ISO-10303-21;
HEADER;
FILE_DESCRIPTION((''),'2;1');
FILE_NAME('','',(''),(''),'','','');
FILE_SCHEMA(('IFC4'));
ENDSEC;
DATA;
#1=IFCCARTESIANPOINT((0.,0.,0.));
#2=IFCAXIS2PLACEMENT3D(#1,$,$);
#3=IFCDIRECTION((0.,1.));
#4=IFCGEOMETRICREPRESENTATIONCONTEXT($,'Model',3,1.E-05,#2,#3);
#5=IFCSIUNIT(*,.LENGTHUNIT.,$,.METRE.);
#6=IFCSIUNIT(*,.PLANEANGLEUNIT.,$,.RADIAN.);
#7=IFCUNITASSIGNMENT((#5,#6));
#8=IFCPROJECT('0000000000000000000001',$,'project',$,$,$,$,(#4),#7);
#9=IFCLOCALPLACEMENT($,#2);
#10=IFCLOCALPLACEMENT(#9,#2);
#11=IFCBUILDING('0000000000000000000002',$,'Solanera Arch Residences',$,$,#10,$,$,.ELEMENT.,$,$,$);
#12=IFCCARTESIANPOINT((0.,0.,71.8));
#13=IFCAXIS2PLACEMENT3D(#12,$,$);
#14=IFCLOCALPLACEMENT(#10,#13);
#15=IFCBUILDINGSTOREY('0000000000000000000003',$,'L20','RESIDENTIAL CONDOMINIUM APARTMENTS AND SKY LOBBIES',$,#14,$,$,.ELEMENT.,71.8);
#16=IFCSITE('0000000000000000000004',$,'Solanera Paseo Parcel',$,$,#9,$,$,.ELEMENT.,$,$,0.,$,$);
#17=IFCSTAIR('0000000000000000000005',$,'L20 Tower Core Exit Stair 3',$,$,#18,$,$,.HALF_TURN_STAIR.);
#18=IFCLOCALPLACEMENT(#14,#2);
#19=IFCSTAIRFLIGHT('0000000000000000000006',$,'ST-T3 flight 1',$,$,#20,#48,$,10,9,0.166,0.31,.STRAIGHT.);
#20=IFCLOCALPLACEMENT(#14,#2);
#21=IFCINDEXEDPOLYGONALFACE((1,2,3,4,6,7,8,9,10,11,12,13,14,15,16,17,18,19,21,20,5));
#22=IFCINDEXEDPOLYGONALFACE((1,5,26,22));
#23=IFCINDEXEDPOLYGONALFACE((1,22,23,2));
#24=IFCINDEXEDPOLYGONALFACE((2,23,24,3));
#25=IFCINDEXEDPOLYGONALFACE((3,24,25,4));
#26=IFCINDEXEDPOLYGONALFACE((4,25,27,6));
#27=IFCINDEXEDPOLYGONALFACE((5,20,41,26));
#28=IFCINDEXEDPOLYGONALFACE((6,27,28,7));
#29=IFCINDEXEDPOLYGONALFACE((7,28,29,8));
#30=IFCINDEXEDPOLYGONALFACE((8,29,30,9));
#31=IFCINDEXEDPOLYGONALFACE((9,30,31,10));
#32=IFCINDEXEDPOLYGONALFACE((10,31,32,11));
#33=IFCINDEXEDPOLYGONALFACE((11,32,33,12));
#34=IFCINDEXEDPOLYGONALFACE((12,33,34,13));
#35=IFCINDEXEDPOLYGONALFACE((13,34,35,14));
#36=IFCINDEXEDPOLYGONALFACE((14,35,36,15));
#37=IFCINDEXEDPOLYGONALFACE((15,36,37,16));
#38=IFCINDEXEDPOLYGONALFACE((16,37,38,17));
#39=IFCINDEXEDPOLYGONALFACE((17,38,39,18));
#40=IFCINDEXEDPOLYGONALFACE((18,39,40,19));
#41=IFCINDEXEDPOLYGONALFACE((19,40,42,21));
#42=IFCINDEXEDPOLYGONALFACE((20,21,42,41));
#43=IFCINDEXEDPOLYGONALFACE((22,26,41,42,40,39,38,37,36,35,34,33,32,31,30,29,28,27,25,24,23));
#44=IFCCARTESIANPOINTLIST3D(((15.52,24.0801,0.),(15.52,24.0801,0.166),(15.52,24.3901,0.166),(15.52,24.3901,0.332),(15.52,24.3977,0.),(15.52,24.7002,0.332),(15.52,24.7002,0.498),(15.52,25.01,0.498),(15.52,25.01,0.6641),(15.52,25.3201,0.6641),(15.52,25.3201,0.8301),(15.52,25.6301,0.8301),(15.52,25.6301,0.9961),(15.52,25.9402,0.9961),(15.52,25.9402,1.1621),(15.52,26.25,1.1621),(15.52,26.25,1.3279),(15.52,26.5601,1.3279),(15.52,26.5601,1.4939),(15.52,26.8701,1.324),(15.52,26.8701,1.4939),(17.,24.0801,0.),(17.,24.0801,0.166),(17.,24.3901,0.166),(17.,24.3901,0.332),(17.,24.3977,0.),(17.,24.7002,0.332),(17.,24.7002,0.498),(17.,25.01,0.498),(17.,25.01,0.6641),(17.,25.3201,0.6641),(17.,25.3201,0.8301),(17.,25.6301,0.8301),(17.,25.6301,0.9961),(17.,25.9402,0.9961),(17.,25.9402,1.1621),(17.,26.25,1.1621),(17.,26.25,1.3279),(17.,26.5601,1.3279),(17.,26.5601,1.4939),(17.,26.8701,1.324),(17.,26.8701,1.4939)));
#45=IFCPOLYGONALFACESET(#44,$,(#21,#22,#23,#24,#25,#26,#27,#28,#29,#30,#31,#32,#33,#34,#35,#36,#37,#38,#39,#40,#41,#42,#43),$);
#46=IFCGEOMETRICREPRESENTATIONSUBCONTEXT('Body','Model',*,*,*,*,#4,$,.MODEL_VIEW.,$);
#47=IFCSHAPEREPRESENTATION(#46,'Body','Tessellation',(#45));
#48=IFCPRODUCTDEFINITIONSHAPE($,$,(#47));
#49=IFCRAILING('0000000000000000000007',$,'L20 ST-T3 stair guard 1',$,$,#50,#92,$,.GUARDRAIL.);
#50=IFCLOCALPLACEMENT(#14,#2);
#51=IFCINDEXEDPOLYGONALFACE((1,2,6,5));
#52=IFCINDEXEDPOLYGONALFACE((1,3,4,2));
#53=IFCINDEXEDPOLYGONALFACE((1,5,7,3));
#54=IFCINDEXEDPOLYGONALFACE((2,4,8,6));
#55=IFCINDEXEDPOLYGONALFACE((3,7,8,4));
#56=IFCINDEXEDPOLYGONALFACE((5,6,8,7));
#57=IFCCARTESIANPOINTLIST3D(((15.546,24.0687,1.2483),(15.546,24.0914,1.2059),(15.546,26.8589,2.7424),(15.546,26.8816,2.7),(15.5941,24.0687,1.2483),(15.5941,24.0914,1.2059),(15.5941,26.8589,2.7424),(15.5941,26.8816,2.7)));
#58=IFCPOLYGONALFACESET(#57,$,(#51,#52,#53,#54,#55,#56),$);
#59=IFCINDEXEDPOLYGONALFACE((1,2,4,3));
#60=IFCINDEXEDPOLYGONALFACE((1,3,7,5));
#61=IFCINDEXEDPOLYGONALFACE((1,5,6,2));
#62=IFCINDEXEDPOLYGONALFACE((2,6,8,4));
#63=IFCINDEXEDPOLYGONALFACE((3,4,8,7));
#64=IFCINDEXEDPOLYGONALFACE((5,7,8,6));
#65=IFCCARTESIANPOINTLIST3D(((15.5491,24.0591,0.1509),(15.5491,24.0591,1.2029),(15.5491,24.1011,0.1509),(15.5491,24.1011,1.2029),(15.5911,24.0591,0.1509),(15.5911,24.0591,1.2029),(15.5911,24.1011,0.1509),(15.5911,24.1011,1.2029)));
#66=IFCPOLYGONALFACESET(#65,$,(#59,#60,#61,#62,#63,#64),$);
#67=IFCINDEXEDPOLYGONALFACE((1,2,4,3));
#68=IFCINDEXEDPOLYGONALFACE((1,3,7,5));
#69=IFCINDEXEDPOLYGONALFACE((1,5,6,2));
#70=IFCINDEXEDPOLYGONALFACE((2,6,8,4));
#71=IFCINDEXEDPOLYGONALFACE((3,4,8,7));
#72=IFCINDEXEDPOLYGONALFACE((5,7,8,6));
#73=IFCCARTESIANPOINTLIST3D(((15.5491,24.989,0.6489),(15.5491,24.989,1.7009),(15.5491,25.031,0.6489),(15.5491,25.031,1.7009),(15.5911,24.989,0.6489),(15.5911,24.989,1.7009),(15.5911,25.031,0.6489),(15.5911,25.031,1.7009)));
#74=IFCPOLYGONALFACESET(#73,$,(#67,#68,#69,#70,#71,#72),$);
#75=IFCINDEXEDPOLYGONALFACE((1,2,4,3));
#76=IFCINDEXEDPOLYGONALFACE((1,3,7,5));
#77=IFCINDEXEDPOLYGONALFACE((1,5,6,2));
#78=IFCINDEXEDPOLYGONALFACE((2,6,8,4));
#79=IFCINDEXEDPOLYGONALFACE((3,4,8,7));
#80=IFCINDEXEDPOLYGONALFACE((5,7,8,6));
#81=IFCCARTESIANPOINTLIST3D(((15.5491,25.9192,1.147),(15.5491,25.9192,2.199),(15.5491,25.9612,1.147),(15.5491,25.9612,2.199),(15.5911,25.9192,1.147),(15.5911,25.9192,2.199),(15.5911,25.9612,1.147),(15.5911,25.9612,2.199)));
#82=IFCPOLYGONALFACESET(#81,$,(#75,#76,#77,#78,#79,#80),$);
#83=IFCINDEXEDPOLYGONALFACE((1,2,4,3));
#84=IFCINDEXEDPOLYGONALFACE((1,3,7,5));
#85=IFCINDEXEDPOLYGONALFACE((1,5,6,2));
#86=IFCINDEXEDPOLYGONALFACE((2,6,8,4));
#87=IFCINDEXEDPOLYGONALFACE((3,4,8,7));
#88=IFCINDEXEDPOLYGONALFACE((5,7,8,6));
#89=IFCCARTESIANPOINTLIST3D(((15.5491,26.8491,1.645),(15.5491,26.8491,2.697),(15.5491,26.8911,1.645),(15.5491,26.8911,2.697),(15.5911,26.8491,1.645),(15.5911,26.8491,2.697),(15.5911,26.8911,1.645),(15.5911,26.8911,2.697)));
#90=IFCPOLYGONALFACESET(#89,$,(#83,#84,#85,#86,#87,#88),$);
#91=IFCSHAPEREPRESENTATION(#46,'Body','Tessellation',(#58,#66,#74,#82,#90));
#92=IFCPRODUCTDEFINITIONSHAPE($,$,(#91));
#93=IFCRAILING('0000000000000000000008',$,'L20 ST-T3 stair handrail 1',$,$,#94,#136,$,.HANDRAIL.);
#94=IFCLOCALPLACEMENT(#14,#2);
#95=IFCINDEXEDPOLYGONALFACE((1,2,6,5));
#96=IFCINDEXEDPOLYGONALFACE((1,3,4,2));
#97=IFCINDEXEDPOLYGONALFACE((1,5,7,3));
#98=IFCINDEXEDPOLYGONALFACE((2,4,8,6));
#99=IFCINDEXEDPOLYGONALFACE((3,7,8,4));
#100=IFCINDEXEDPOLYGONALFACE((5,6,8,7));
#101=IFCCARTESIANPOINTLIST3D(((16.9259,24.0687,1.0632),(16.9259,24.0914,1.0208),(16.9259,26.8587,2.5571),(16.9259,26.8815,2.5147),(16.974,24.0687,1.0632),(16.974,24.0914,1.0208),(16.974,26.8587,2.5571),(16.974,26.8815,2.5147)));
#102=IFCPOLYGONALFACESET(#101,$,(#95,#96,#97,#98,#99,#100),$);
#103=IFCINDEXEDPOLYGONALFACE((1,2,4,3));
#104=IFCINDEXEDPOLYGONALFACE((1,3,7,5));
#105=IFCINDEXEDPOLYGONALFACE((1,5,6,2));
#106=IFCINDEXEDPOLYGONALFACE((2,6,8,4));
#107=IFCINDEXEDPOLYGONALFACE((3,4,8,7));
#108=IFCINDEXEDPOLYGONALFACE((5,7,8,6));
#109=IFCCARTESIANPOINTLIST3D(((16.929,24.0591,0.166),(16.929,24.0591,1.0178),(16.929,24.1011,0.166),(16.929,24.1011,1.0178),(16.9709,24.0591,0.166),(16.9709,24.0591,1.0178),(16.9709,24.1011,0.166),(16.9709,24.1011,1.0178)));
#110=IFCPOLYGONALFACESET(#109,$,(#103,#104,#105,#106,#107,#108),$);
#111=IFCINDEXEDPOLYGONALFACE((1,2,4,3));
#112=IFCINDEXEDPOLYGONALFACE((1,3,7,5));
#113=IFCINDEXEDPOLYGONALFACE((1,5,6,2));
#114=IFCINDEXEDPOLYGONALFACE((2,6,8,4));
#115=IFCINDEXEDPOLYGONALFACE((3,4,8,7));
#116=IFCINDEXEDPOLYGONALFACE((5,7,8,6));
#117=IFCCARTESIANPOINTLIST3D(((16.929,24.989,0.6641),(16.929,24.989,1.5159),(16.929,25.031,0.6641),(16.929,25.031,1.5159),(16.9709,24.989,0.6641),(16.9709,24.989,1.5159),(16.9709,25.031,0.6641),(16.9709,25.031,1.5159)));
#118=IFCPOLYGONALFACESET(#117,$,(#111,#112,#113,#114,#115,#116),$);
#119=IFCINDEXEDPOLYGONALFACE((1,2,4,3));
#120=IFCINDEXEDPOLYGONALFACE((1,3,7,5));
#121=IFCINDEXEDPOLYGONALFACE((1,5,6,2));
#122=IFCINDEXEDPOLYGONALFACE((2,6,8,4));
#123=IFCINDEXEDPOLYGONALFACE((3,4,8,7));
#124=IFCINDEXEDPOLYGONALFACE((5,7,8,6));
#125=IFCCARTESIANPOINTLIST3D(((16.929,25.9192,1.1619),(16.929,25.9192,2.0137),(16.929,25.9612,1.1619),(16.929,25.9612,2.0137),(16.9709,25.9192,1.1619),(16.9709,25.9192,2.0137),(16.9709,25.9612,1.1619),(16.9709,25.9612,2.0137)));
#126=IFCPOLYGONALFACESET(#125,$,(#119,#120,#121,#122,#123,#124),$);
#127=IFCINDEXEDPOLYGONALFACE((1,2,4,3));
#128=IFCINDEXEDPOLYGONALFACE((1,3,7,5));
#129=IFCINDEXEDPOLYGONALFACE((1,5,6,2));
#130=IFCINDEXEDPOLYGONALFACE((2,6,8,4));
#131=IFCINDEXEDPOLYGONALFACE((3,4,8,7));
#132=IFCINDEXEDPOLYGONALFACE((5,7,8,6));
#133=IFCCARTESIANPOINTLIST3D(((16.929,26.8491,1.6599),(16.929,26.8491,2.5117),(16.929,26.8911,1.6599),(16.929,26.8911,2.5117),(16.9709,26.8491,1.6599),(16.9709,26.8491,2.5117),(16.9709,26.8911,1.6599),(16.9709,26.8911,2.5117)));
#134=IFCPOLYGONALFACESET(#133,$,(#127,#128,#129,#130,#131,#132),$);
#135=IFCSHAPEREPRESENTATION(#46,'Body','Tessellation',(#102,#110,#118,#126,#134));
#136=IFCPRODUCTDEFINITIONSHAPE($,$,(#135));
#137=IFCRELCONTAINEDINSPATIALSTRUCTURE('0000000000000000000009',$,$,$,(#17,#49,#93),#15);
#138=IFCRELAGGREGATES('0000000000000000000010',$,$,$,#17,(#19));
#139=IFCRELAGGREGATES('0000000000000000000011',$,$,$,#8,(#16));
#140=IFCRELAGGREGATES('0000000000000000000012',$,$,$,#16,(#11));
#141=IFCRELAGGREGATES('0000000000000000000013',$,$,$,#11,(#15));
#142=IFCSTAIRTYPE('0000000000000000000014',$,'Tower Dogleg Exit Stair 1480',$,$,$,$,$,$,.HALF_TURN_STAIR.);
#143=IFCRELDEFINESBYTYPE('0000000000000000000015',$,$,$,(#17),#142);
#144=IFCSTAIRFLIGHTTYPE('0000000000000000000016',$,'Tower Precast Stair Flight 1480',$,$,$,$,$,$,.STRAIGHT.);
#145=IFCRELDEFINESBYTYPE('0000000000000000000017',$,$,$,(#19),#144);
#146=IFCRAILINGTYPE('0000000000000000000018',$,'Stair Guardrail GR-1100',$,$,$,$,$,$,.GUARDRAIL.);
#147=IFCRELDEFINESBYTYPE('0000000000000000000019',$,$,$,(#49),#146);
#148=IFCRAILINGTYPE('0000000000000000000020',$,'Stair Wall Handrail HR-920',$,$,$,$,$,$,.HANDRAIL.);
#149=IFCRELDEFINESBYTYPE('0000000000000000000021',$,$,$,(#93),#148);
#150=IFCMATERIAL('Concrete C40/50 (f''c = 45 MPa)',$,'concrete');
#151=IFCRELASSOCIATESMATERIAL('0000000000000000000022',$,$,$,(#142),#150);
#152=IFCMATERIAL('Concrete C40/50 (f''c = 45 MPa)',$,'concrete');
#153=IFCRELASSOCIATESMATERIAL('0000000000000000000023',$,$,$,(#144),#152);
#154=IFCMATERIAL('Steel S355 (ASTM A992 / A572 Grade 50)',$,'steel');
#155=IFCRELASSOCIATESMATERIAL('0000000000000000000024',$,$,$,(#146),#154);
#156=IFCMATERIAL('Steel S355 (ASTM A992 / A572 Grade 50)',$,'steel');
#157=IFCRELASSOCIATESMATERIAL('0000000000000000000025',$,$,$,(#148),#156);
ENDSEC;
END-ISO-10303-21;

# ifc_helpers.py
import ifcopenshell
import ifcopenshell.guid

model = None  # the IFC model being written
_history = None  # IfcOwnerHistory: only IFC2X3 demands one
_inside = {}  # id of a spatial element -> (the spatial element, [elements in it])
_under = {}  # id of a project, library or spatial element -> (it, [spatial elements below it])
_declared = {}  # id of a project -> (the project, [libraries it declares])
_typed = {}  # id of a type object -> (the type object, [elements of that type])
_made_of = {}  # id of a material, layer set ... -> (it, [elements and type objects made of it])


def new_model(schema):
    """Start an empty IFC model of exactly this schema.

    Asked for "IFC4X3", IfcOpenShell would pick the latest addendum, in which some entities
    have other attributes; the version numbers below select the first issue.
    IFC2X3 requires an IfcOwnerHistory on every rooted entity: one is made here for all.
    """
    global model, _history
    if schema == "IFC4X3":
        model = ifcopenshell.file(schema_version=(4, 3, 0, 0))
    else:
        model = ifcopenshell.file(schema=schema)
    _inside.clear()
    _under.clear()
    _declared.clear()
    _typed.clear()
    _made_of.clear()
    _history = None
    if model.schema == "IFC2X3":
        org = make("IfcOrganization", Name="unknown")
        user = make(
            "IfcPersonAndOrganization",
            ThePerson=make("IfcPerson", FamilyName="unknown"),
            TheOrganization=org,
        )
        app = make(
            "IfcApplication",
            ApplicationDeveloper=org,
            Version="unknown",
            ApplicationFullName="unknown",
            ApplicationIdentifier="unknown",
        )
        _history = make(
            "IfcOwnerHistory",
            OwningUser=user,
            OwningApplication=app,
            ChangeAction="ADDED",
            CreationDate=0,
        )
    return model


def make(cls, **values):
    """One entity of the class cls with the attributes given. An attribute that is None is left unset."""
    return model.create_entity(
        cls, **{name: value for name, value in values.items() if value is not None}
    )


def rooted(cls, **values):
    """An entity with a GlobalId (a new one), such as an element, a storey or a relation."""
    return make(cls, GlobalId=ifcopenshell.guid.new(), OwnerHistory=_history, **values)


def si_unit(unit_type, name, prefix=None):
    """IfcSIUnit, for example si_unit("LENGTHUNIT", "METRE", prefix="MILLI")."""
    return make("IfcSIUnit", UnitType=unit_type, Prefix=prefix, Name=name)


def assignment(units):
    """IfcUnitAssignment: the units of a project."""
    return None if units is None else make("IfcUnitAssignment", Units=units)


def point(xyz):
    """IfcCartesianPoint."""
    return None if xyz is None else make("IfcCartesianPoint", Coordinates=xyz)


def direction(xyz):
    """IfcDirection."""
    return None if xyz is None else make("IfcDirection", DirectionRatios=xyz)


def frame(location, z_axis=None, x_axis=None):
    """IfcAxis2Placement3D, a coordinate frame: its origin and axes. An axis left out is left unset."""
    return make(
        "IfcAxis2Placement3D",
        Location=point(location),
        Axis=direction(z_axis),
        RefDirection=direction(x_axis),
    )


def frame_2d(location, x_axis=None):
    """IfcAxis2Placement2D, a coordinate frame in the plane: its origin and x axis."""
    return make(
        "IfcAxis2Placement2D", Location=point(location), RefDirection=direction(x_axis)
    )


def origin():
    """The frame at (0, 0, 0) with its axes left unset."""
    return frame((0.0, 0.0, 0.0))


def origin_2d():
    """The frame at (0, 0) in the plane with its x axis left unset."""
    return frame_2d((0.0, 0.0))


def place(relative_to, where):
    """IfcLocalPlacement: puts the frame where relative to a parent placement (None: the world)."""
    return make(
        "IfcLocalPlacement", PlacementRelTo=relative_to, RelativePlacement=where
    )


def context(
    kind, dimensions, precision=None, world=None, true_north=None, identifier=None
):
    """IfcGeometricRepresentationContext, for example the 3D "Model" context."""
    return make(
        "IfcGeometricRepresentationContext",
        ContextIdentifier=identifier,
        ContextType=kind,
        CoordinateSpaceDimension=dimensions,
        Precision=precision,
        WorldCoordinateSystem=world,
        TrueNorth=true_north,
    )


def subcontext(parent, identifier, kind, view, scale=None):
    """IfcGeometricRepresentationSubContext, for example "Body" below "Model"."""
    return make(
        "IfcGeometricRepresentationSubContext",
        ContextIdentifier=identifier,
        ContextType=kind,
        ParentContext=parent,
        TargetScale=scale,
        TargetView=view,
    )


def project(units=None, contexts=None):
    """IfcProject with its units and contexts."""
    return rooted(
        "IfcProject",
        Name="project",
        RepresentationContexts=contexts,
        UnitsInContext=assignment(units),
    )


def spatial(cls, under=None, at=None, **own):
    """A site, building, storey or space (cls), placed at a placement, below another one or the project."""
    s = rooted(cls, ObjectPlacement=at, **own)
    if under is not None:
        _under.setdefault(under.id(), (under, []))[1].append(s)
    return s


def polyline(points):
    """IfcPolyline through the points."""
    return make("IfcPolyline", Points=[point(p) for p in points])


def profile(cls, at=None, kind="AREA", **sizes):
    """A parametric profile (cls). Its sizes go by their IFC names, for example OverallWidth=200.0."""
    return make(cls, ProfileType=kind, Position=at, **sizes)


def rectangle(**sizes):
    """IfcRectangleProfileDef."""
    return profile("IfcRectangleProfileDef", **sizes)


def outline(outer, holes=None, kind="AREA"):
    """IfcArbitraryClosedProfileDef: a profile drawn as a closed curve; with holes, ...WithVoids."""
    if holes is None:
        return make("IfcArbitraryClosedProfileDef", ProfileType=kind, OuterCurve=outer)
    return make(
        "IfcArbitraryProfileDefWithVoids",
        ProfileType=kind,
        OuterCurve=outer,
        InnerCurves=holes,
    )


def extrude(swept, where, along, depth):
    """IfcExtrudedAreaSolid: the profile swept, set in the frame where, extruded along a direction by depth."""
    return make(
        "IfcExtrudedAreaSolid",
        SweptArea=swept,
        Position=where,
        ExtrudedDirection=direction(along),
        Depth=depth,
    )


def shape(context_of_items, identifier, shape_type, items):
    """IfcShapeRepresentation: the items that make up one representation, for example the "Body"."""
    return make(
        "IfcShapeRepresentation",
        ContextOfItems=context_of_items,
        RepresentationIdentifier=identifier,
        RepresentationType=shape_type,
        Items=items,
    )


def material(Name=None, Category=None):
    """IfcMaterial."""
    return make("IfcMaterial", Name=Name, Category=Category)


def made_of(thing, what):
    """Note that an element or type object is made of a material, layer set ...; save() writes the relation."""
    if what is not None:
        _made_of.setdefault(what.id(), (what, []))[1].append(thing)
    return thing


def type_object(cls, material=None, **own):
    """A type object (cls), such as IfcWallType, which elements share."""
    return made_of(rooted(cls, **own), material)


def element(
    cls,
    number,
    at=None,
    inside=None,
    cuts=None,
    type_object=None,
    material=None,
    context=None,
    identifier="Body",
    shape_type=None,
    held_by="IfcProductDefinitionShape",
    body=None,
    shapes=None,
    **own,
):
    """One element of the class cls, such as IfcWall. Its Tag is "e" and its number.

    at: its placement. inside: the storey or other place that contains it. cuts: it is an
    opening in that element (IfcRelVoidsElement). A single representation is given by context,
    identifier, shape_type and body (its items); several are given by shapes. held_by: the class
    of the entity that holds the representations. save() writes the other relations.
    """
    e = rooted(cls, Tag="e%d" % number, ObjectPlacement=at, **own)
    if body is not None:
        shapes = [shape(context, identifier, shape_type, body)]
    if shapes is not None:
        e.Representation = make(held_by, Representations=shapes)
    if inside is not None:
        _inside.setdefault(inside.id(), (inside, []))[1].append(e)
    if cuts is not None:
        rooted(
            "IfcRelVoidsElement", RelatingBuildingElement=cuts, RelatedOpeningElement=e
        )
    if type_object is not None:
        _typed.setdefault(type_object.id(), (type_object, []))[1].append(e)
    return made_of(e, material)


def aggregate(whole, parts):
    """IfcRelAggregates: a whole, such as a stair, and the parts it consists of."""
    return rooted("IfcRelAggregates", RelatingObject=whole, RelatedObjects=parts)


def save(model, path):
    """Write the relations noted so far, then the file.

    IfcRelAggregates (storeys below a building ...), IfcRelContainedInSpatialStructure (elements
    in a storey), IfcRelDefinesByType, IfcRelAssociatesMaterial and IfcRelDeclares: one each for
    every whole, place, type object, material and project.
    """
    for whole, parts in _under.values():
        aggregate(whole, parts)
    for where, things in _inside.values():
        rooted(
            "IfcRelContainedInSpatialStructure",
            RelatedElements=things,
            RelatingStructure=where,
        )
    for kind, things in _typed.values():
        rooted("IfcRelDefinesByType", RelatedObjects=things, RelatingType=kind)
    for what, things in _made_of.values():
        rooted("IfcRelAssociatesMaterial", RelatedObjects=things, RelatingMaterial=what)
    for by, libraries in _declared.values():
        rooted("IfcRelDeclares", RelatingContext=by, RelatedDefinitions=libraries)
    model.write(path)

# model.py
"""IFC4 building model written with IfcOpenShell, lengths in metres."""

from ifc_helpers import new_model, si_unit, direction, frame, origin, origin_2d, place, context, subcontext, project, spatial, polyline, rectangle, outline, extrude, material, type_object, element, aggregate, save


model = new_model("IFC4")

# Units and contexts
model_context = context("Model", 3, precision=1e-05, world=origin(), true_north=direction((0.0, 1.0)))
body_context = subcontext(model_context, "Body", "Model", "MODEL_VIEW")
ifc_project = project(units=[si_unit("LENGTHUNIT", "METRE"), si_unit("PLANEANGLEUNIT", "RADIAN")], contexts=[model_context])

# Site, building, storey
site_placement = place(None, origin())
site = spatial("IfcSite", under=ifc_project, at=site_placement, Name="Solanera Paseo Parcel", CompositionType="ELEMENT", RefElevation=0.0)
building_placement = place(site_placement, origin())
building = spatial("IfcBuilding", under=site, at=building_placement, Name="Solanera Arch Residences", CompositionType="ELEMENT")
storey_placement = place(building_placement, frame((0.0, 0.0, 71.8)))
storey = spatial("IfcBuildingStorey", under=building, at=storey_placement, Name="L20", Description="RESIDENTIAL CONDOMINIUM APARTMENTS AND SKY LOBBIES", CompositionType="ELEMENT", Elevation=71.8)

# Stair, stair flight
ifc_material_1 = material(Name="Concrete C40/50 (f'c = 45 MPa)", Category="concrete")
stair_type = type_object("IfcStairType", Name="Tower Dogleg Exit Stair 1480", PredefinedType="HALF_TURN_STAIR", material=ifc_material_1)
stair_placement = place(storey_placement, origin())
stair = element("IfcStair", 1, at=stair_placement, inside=storey, type_object=stair_type, Name="L20 Tower Core Exit Stair 3", PredefinedType="HALF_TURN_STAIR")
ifc_material_2 = material(Name="Concrete C40/50 (f'c = 45 MPa)", Category="concrete")
stair_flight_type = type_object("IfcStairFlightType", Name="Tower Precast Stair Flight 1480", PredefinedType="STRAIGHT", material=ifc_material_2)
stair_flight_placement = place(storey_placement, frame((16.26, 24.0801, 0.0), z_axis=(0.0, 0.0, 1.0), x_axis=(0.0, 1.0, 0.0)))
stair_flight = element("IfcStairFlight", 2, at=stair_flight_placement, type_object=stair_flight_type, Name="ST-T3 flight 1", NumberOfRisers=10, NumberOfTreads=9, PredefinedType="STRAIGHT", RiserHeight=0.166, TreadLength=0.31, context=body_context, shape_type="SweptSolid", body=[
    extrude(outline(polyline([(0.0, 0.0), (0.0, 0.166), (0.3101, 0.166), (0.3101, 0.332), (0.6201, 0.332), (0.6201, 0.498), (0.9299, 0.498), (0.9299, 0.6641), (1.24, 0.6641), (1.24, 0.8301), (1.55, 0.8301), (1.55, 0.9961), (1.8601, 0.9961), (1.8601, 1.1621), (2.1699, 1.1621), (2.1699, 1.3279), (2.48, 1.3279), (2.48, 1.4939), (2.79, 1.4939), (2.79, 1.6599), (2.79, 1.324), (0.3176, 0.0), (0.0, 0.0)])), frame((0.0, 0.74, 0.0), z_axis=(0.0, -1.0, 0.0), x_axis=(1.0, 0.0, 0.0)), (0.0, 0.0, 1.0), 1.48),
])
aggregate(stair, [stair_flight])

# Railings
ifc_material_3 = material(Name="Steel S355 (ASTM A992 / A572 Grade 50)", Category="steel")
railing_type_1 = type_object("IfcRailingType", Name="Stair Guardrail GR-1100", PredefinedType="GUARDRAIL", material=ifc_material_3)
railing_1_placement = place(storey_placement, frame((15.5701, 24.0801, 0.1509)))
element("IfcRailing", 3, at=railing_1_placement, inside=storey, type_object=railing_type_1, Name="L20 ST-T3 stair guard 1", PredefinedType="GUARDRAIL", context=body_context, shape_type="SweptSolid", body=[
    extrude(rectangle(XDim=0.0481, YDim=0.0481, at=origin_2d()), frame((0.0, 0.0, 1.0762), z_axis=(0.0, 0.881549, 0.472093), x_axis=(-1.0, 0.0, 0.0)), (0.0, 0.0, 1.0), 3.165),
    extrude(rectangle(XDim=0.042, YDim=0.042, at=origin_2d()), origin(), (0.0, 0.0, 1.0), 1.052),
    extrude(rectangle(XDim=0.042, YDim=0.042, at=origin_2d()), frame((0.0, 0.9299, 0.498)), (0.0, 0.0, 1.0), 1.052),
    extrude(rectangle(XDim=0.042, YDim=0.042, at=origin_2d()), frame((0.0, 1.8601, 0.9961)), (0.0, 0.0, 1.0), 1.052),
    extrude(rectangle(XDim=0.042, YDim=0.042, at=origin_2d()), frame((0.0, 2.79, 1.4941)), (0.0, 0.0, 1.0), 1.052),
])
ifc_material_4 = material(Name="Steel S355 (ASTM A992 / A572 Grade 50)", Category="steel")
railing_type_2 = type_object("IfcRailingType", Name="Stair Wall Handrail HR-920", PredefinedType="HANDRAIL", material=ifc_material_4)
railing_2_placement = place(storey_placement, frame((16.95, 24.0801, 0.166)))
element("IfcRailing", 4, at=railing_2_placement, inside=storey, type_object=railing_type_2, Name="L20 ST-T3 stair handrail 1", PredefinedType="HANDRAIL", context=body_context, shape_type="SweptSolid", body=[
    extrude(rectangle(XDim=0.0481, YDim=0.0481, at=origin_2d()), frame((0.0, 0.0, 0.876), z_axis=(0.0, 0.881581, 0.472033), x_axis=(-1.0, 0.0, 0.0)), (0.0, 0.0, 1.0), 3.1648),
    extrude(rectangle(XDim=0.042, YDim=0.042, at=origin_2d()), origin(), (0.0, 0.0, 1.0), 0.8518),
    extrude(rectangle(XDim=0.042, YDim=0.042, at=origin_2d()), frame((0.0, 0.9299, 0.498)), (0.0, 0.0, 1.0), 0.8518),
    extrude(rectangle(XDim=0.042, YDim=0.042, at=origin_2d()), frame((0.0, 1.8601, 0.9958)), (0.0, 0.0, 1.0), 0.8518),
    extrude(rectangle(XDim=0.042, YDim=0.042, at=origin_2d()), frame((0.0, 2.79, 1.4939)), (0.0, 0.0, 1.0), 0.8518),
])

save(model, "model.ifc")
